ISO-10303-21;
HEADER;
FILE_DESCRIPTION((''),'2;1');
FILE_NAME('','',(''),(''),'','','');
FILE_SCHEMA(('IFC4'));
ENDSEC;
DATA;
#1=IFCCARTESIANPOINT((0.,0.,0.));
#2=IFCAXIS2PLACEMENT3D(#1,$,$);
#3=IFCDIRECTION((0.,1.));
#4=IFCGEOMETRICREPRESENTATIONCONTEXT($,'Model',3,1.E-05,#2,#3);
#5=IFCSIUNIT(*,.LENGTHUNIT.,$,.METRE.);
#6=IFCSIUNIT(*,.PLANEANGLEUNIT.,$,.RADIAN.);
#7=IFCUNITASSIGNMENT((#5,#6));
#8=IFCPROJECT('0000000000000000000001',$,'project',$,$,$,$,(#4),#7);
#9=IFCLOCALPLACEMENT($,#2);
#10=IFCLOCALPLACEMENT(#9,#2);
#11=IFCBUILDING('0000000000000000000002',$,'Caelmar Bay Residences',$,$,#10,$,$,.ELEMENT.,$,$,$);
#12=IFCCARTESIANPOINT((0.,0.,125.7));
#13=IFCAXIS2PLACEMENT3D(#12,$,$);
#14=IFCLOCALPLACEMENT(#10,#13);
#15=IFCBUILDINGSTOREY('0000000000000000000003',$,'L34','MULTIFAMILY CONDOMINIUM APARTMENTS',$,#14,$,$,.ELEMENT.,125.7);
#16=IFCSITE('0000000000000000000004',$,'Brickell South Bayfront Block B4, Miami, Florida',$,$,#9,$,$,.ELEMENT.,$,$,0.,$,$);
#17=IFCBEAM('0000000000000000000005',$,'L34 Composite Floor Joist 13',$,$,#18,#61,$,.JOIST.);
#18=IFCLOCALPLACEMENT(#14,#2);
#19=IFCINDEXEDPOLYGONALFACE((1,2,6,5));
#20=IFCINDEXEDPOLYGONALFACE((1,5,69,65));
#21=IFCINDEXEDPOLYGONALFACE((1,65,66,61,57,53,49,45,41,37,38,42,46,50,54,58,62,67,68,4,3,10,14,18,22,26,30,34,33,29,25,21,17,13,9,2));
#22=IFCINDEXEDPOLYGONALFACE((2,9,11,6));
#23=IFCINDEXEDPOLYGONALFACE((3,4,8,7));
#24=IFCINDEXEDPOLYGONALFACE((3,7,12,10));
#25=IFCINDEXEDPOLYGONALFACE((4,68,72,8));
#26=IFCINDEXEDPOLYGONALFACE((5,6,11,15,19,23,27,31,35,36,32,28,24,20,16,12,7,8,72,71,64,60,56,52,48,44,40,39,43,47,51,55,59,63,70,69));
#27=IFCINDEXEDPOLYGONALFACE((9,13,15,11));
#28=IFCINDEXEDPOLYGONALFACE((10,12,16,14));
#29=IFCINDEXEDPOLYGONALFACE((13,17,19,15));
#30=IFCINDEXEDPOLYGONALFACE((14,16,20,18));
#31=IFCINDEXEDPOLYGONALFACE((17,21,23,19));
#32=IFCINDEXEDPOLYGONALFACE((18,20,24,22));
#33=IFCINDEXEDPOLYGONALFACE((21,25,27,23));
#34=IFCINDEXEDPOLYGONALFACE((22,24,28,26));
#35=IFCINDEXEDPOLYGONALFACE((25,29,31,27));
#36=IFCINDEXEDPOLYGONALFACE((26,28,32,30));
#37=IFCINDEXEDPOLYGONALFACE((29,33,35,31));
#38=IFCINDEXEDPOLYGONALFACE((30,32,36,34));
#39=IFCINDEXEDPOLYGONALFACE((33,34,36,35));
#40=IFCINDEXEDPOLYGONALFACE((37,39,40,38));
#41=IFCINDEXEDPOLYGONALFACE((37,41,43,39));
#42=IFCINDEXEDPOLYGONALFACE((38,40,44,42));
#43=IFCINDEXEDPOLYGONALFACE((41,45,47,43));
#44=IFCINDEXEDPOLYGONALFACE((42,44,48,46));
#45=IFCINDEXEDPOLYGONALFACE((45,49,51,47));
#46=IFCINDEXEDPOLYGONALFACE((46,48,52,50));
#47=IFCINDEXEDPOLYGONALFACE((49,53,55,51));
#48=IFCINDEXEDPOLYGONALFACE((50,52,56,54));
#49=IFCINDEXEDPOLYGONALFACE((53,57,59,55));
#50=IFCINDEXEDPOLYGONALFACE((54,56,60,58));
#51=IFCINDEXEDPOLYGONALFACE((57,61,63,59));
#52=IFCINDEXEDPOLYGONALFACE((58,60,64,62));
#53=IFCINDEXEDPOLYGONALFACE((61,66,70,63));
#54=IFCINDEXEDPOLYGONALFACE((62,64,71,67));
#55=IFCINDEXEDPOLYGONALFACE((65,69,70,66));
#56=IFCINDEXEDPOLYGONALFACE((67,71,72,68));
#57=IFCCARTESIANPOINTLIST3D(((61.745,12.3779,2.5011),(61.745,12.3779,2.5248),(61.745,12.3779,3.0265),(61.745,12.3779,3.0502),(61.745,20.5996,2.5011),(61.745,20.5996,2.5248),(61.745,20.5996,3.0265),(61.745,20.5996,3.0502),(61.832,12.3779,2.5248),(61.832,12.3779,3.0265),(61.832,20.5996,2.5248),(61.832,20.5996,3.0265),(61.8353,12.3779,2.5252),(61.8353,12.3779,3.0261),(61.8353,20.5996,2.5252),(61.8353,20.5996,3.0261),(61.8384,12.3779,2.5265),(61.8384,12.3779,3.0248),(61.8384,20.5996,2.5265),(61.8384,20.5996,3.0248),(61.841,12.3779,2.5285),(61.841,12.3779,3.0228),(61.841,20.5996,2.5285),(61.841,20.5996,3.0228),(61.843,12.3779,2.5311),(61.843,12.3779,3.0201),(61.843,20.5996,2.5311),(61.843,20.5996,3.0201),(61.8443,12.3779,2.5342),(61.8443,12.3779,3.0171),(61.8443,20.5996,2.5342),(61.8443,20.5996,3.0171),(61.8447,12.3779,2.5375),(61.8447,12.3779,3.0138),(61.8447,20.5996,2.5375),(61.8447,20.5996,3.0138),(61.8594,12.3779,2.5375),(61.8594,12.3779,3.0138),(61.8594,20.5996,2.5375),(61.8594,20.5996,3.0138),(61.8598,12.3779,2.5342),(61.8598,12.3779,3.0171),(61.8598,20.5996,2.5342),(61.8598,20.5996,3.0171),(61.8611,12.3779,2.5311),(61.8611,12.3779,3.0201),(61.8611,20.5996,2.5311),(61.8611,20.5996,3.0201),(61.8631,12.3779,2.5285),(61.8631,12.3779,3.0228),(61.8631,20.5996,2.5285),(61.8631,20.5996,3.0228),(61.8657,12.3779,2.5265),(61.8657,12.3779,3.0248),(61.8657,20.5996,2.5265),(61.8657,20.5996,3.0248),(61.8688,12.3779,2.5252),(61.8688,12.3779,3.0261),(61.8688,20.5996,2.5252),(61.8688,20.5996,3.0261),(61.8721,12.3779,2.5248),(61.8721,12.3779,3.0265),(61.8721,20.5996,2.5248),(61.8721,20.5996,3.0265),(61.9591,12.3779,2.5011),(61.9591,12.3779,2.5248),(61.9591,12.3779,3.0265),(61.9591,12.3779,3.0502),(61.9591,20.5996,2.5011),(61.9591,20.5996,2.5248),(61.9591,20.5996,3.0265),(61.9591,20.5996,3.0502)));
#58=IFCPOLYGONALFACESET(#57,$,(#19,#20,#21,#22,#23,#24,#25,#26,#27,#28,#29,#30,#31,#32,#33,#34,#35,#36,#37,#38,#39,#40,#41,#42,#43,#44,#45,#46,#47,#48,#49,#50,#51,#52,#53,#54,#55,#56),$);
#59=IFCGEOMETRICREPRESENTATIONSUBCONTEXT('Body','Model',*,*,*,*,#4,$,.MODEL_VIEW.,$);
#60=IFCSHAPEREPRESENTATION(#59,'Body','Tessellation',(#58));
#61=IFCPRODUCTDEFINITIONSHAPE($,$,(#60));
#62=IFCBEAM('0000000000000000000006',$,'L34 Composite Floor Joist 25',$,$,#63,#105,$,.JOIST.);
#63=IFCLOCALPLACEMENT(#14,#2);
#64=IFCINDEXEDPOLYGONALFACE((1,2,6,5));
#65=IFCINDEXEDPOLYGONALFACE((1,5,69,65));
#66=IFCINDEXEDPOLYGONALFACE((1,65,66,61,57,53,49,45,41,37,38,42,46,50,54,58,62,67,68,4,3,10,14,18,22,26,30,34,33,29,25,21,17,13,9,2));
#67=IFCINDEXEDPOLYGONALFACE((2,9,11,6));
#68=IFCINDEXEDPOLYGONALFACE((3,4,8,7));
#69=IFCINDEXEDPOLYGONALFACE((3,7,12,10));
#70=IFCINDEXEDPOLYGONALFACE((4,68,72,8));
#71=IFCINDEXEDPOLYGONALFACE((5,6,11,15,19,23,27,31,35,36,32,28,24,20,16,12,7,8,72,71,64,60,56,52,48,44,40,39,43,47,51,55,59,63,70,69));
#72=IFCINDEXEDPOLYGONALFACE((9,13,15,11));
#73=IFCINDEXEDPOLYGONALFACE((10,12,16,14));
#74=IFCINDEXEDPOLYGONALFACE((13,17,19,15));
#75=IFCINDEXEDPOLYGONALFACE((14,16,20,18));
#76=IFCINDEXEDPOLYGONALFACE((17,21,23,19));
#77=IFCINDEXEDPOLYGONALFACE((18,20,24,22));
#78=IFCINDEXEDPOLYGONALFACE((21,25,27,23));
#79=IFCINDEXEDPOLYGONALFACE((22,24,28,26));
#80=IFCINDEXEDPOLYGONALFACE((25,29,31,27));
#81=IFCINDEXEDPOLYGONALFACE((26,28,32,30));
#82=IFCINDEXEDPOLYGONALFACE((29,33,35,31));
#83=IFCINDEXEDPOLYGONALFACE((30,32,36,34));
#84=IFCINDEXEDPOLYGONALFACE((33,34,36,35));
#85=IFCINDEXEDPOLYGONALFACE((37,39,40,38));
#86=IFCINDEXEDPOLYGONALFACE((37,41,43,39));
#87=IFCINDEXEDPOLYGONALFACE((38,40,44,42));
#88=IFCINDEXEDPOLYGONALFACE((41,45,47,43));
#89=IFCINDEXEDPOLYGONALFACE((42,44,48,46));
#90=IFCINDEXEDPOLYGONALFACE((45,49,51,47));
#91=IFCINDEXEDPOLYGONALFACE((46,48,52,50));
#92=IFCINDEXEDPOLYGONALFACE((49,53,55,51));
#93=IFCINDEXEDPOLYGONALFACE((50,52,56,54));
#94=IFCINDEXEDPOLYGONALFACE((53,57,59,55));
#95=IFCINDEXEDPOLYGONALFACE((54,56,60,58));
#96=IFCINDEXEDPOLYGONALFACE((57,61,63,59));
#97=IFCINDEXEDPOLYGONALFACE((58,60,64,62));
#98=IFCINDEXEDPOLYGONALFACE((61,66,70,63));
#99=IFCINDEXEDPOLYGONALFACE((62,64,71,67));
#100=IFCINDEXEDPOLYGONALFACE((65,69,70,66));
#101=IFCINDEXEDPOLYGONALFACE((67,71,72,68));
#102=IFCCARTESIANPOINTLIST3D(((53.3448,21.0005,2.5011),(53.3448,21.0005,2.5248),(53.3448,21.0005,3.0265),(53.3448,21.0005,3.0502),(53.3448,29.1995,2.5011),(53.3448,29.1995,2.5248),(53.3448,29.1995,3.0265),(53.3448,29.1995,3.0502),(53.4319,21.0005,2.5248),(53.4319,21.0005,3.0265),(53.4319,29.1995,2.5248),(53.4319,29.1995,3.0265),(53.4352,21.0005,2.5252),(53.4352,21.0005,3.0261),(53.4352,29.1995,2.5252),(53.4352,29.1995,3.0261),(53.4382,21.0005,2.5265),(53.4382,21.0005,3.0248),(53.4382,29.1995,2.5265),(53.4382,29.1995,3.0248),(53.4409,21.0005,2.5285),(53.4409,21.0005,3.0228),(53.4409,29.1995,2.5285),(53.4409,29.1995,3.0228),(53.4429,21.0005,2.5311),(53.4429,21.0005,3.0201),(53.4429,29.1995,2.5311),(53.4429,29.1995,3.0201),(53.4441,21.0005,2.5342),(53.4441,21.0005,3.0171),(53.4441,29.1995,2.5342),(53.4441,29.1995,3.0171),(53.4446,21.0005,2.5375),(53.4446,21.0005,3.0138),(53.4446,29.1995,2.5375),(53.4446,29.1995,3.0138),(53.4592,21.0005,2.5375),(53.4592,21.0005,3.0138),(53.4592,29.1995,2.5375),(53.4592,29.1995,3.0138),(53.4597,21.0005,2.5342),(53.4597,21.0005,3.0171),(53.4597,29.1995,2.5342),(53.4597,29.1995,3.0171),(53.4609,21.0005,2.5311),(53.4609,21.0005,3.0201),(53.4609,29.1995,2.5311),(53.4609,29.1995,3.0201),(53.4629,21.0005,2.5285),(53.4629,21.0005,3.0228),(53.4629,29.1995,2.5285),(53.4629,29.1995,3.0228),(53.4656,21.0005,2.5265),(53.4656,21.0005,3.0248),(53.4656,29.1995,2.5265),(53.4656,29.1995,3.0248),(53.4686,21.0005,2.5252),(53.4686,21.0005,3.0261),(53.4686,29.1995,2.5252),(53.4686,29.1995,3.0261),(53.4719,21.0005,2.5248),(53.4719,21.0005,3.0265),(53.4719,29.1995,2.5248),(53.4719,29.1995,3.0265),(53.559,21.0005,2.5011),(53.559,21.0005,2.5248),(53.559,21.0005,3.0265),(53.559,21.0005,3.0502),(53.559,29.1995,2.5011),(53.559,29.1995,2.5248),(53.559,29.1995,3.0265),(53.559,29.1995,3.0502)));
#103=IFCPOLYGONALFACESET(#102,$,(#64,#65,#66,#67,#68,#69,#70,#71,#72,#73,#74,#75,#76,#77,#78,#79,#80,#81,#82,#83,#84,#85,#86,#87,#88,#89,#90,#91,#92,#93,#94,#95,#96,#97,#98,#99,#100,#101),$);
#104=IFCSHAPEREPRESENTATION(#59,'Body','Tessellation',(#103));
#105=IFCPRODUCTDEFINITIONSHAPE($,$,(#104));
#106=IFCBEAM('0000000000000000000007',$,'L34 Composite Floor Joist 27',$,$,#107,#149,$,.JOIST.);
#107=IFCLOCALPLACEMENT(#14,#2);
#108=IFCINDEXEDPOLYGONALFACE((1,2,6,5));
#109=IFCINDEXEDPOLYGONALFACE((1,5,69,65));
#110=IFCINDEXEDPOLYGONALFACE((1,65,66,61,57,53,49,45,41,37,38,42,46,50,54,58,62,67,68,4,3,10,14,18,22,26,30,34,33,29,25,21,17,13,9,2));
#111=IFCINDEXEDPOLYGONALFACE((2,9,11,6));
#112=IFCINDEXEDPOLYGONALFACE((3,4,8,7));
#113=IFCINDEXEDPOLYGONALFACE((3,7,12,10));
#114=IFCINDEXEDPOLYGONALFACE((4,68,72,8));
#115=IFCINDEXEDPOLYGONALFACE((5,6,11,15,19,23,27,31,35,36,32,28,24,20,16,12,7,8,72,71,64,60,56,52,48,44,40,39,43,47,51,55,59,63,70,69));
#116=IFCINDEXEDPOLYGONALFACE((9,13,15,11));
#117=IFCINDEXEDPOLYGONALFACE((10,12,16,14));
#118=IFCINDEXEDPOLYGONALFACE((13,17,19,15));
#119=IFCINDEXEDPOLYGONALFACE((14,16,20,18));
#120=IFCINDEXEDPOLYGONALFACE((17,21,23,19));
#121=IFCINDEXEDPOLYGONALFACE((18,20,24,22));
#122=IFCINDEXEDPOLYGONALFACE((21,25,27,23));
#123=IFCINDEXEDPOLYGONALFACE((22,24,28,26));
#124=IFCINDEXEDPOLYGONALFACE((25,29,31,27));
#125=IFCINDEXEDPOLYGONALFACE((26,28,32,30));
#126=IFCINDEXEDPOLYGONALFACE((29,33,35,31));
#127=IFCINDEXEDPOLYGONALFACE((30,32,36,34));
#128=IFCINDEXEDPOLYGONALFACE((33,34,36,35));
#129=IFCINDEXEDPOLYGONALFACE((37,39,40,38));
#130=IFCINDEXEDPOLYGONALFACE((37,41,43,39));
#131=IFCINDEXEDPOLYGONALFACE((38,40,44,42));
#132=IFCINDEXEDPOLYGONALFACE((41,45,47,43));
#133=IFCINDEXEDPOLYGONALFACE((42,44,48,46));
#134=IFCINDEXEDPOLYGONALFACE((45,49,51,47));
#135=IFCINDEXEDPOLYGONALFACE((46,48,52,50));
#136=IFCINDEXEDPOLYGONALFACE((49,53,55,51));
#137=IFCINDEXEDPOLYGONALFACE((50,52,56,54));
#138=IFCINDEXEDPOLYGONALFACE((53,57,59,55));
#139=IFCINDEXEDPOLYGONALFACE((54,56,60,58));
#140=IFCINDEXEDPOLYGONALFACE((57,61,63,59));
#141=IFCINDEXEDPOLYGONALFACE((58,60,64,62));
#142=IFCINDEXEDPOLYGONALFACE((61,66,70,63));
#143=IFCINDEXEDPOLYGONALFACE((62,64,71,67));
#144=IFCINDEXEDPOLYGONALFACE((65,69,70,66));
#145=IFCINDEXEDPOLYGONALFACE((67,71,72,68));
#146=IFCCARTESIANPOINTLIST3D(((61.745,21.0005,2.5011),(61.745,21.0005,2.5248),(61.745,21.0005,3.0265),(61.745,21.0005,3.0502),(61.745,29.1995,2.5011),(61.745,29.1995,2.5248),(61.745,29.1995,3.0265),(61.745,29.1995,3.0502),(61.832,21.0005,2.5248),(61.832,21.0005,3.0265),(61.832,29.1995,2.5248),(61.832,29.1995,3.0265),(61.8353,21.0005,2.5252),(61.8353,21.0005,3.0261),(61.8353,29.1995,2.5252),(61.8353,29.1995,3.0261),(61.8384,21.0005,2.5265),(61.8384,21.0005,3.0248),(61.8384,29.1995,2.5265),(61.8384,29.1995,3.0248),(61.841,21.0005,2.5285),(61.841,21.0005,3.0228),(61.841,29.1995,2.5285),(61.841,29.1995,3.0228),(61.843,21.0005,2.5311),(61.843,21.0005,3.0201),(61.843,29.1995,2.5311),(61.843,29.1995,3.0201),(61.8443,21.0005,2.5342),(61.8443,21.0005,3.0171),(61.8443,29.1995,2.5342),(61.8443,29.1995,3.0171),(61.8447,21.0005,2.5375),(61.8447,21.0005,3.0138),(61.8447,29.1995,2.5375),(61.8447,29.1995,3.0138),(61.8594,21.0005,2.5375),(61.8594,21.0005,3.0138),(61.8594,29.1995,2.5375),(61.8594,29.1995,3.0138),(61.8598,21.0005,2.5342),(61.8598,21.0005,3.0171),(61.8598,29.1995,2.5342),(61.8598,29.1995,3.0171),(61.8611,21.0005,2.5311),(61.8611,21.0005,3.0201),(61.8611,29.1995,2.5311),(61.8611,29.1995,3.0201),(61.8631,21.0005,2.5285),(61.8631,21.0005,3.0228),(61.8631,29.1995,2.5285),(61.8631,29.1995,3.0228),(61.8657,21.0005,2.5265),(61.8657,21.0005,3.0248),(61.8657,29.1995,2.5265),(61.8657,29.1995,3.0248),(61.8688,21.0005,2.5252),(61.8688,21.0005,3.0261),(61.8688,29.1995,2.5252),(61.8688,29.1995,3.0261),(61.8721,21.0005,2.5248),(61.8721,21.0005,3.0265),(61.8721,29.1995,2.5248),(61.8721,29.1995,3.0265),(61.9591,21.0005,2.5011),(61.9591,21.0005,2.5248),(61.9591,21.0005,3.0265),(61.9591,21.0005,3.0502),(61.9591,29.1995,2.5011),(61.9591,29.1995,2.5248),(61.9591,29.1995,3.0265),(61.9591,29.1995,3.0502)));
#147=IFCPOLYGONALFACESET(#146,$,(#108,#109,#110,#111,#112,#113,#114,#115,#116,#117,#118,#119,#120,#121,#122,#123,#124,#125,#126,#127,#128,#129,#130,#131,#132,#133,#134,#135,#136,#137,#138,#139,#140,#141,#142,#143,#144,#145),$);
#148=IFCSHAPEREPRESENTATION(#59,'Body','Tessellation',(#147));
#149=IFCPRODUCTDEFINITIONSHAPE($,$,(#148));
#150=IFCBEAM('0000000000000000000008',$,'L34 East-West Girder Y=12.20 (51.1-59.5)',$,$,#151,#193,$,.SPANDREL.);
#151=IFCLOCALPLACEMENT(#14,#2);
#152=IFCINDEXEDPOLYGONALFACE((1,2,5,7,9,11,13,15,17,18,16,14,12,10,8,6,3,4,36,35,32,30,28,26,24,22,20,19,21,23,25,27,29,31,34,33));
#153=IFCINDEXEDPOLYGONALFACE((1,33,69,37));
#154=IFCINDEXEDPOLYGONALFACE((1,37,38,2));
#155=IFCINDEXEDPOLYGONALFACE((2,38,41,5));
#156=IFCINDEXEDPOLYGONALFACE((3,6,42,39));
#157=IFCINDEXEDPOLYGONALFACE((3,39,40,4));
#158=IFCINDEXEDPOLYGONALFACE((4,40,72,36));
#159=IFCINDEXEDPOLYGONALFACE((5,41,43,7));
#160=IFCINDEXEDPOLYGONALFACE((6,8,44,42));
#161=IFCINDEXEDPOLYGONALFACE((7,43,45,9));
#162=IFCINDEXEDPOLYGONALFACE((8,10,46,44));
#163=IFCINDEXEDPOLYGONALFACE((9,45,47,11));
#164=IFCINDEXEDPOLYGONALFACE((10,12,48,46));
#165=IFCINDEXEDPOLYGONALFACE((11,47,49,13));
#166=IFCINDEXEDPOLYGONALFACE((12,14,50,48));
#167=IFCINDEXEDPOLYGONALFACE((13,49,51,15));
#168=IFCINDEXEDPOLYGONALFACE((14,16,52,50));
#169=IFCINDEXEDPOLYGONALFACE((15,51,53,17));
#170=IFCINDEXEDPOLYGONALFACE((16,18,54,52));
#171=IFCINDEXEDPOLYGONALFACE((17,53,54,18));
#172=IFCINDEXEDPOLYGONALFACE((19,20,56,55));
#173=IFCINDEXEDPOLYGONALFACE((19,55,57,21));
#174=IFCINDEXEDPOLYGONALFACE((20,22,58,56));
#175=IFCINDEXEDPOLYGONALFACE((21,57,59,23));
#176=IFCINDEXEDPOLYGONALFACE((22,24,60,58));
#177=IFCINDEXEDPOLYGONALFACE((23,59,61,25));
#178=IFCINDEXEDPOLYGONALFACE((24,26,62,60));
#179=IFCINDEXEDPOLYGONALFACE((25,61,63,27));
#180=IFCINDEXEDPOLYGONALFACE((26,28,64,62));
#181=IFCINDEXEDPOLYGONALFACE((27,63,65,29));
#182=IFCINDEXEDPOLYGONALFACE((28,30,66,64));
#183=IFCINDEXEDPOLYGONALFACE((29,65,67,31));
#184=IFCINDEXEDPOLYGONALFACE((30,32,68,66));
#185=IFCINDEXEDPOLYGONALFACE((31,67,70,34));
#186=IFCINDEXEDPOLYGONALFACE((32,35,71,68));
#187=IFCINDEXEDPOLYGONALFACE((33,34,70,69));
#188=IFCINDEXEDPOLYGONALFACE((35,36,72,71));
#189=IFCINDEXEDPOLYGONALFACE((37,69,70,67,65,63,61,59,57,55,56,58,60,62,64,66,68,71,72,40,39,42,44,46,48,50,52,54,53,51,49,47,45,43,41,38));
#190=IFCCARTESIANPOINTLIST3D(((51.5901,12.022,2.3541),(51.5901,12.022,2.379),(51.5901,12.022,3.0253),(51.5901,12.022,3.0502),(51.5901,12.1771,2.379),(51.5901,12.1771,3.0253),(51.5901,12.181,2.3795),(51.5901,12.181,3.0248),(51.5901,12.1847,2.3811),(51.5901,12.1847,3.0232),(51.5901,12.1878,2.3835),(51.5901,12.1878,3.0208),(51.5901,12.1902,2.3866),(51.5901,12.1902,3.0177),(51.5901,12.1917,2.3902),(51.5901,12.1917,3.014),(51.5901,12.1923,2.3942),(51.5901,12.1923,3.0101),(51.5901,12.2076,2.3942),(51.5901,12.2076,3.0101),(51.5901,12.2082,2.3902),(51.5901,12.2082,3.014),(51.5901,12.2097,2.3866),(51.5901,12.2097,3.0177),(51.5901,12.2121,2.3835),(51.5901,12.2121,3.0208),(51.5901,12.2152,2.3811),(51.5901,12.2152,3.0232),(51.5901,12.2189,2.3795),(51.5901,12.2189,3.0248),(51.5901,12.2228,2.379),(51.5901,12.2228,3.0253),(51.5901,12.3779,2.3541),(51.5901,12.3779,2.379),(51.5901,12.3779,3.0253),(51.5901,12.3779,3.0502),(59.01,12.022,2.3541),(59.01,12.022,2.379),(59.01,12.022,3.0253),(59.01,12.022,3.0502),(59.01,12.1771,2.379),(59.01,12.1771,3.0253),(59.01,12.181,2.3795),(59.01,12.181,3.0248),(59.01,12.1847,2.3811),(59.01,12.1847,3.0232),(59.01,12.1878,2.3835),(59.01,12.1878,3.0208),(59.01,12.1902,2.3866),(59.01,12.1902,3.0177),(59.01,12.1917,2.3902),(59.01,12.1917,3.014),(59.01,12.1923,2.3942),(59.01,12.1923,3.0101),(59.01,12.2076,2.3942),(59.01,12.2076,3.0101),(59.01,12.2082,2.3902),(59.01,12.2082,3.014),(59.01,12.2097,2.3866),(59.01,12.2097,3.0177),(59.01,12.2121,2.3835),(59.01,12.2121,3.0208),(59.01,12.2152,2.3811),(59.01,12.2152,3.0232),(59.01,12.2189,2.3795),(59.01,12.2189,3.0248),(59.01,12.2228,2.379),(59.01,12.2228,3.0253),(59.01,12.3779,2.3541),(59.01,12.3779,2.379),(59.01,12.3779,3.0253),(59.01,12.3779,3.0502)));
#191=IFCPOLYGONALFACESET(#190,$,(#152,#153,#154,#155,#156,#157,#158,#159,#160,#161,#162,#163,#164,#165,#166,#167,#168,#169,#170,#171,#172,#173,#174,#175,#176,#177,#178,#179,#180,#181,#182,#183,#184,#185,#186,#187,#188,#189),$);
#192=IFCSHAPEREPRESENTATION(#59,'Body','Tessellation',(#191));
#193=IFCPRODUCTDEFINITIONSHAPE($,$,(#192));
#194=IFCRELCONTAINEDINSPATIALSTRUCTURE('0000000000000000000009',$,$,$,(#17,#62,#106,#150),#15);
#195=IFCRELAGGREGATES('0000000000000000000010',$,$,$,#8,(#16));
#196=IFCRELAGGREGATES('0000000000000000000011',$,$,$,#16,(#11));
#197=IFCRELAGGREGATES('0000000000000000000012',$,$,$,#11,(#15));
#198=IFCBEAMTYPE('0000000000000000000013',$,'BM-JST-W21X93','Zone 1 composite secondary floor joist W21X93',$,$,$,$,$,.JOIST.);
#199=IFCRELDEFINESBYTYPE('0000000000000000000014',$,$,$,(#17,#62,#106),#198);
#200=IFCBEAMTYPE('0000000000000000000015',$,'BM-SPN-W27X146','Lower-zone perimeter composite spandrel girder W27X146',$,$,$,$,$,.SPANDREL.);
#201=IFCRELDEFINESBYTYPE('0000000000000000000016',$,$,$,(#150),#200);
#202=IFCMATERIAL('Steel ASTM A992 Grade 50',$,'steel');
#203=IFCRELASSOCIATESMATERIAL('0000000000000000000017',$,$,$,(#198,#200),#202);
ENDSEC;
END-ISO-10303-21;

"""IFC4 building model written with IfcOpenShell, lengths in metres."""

from ifc_helpers import new_model, si_unit, direction, frame, origin, origin_2d, place, context, subcontext, project, spatial, i_section, extrude, material, material_profile, profile_set, type_object, element, save


model = new_model("IFC4")

# Units and contexts
model_context = context("Model", 3, precision=1e-05, world=origin(), true_north=direction((0.0, 1.0)))
body_context = subcontext(model_context, "Body", "Model", "MODEL_VIEW")
ifc_project = project(units=[si_unit("LENGTHUNIT", "METRE"), si_unit("PLANEANGLEUNIT", "RADIAN")], contexts=[model_context])

# Site, building, storey
site_placement = place(None, origin())
site = spatial("IfcSite", under=ifc_project, at=site_placement, Name="Brickell South Bayfront Block B4, Miami, Florida", CompositionType="ELEMENT", RefElevation=0.0)
building_placement = place(site_placement, origin())
building = spatial("IfcBuilding", under=site, at=building_placement, Name="Caelmar Bay Residences", CompositionType="ELEMENT")
storey_placement = place(building_placement, frame((0.0, 0.0, 125.7)))
storey = spatial("IfcBuildingStorey", under=building, at=storey_placement, Name="L34", Description="MULTIFAMILY CONDOMINIUM APARTMENTS", CompositionType="ELEMENT", Elevation=125.7)

# Beams
ifc_material_1 = material(Name="Steel ASTM A992 Grade 50", Category="steel")
ifc_material_profile_1 = material_profile(ifc_material_1, i_section(OverallWidth=0.2141, OverallDepth=0.5491, WebThickness=0.0146, FlangeThickness=0.0237, FilletRadius=0.0127, at=origin_2d()), Name="W21X93")
ifc_profile_set_1 = profile_set([ifc_material_profile_1], Name="Steel ASTM A992 Grade 50")
beam_type_1 = type_object("IfcBeamType", Name="BM-JST-W21X93", Description="Zone 1 composite secondary floor joist W21X93", PredefinedType="JOIST", material=ifc_profile_set_1)
for number, where, z_axis, x_axis, name in (
    (1, (61.8521, 12.3779, 2.7756), (0.0, 1.0, 0.0), (-1.0, 0.0, 0.0), "L34 Composite Floor Joist 13"),
):
    element("IfcBeam", number, at=place(storey_placement, frame(where, z_axis=z_axis, x_axis=x_axis)), inside=storey, type_object=beam_type_1, Name=name, PredefinedType="JOIST", context=body_context, shape_type="SweptSolid", body=[
        extrude(i_section(OverallWidth=0.2141, OverallDepth=0.5491, WebThickness=0.0146, FlangeThickness=0.0237, FilletRadius=0.0127, at=origin_2d()), origin(), (0.0, 0.0, 1.0), 8.2217),
    ])
for number, where, z_axis, x_axis, name in (
    (2, (53.4519, 21.0005, 2.7756), (0.0, 1.0, 0.0), (-1.0, 0.0, 0.0), "L34 Composite Floor Joist 25"),
    (3, (61.8521, 21.0005, 2.7756), (0.0, 1.0, 0.0), (-1.0, 0.0, 0.0), "L34 Composite Floor Joist 27"),
):
    element("IfcBeam", number, at=place(storey_placement, frame(where, z_axis=z_axis, x_axis=x_axis)), inside=storey, type_object=beam_type_1, Name=name, PredefinedType="JOIST", context=body_context, shape_type="SweptSolid", body=[
        extrude(i_section(OverallWidth=0.2141, OverallDepth=0.5491, WebThickness=0.0146, FlangeThickness=0.0237, FilletRadius=0.0127, at=origin_2d()), origin(), (0.0, 0.0, 1.0), 8.199),
    ])
ifc_material_profile_2 = material_profile(ifc_material_1, i_section(OverallWidth=0.356, OverallDepth=0.696, WebThickness=0.0154, FlangeThickness=0.0249, FilletRadius=0.0151, at=origin_2d()), Name="W27X146")
ifc_profile_set_2 = profile_set([ifc_material_profile_2], Name="Steel ASTM A992 Grade 50")
beam_type_2 = type_object("IfcBeamType", Name="BM-SPN-W27X146", Description="Lower-zone perimeter composite spandrel girder W27X146", PredefinedType="SPANDREL", material=ifc_profile_set_2)
for number, where, z_axis, x_axis, name in (
    (4, (51.5901, 12.2, 2.7021), (1.0, 0.0, 0.0), (0.0, 1.0, 0.0), "L34 East-West Girder Y=12.20 (51.1-59.5)"),
):
    element("IfcBeam", number, at=place(storey_placement, frame(where, z_axis=z_axis, x_axis=x_axis)), inside=storey, type_object=beam_type_2, Name=name, PredefinedType="SPANDREL", context=body_context, shape_type="SweptSolid", body=[
        extrude(i_section(OverallWidth=0.356, OverallDepth=0.696, WebThickness=0.0154, FlangeThickness=0.0249, FilletRadius=0.0151, at=origin_2d()), origin(), (0.0, 0.0, 1.0), 7.4199),
    ])

save(model, "model.ifc")
